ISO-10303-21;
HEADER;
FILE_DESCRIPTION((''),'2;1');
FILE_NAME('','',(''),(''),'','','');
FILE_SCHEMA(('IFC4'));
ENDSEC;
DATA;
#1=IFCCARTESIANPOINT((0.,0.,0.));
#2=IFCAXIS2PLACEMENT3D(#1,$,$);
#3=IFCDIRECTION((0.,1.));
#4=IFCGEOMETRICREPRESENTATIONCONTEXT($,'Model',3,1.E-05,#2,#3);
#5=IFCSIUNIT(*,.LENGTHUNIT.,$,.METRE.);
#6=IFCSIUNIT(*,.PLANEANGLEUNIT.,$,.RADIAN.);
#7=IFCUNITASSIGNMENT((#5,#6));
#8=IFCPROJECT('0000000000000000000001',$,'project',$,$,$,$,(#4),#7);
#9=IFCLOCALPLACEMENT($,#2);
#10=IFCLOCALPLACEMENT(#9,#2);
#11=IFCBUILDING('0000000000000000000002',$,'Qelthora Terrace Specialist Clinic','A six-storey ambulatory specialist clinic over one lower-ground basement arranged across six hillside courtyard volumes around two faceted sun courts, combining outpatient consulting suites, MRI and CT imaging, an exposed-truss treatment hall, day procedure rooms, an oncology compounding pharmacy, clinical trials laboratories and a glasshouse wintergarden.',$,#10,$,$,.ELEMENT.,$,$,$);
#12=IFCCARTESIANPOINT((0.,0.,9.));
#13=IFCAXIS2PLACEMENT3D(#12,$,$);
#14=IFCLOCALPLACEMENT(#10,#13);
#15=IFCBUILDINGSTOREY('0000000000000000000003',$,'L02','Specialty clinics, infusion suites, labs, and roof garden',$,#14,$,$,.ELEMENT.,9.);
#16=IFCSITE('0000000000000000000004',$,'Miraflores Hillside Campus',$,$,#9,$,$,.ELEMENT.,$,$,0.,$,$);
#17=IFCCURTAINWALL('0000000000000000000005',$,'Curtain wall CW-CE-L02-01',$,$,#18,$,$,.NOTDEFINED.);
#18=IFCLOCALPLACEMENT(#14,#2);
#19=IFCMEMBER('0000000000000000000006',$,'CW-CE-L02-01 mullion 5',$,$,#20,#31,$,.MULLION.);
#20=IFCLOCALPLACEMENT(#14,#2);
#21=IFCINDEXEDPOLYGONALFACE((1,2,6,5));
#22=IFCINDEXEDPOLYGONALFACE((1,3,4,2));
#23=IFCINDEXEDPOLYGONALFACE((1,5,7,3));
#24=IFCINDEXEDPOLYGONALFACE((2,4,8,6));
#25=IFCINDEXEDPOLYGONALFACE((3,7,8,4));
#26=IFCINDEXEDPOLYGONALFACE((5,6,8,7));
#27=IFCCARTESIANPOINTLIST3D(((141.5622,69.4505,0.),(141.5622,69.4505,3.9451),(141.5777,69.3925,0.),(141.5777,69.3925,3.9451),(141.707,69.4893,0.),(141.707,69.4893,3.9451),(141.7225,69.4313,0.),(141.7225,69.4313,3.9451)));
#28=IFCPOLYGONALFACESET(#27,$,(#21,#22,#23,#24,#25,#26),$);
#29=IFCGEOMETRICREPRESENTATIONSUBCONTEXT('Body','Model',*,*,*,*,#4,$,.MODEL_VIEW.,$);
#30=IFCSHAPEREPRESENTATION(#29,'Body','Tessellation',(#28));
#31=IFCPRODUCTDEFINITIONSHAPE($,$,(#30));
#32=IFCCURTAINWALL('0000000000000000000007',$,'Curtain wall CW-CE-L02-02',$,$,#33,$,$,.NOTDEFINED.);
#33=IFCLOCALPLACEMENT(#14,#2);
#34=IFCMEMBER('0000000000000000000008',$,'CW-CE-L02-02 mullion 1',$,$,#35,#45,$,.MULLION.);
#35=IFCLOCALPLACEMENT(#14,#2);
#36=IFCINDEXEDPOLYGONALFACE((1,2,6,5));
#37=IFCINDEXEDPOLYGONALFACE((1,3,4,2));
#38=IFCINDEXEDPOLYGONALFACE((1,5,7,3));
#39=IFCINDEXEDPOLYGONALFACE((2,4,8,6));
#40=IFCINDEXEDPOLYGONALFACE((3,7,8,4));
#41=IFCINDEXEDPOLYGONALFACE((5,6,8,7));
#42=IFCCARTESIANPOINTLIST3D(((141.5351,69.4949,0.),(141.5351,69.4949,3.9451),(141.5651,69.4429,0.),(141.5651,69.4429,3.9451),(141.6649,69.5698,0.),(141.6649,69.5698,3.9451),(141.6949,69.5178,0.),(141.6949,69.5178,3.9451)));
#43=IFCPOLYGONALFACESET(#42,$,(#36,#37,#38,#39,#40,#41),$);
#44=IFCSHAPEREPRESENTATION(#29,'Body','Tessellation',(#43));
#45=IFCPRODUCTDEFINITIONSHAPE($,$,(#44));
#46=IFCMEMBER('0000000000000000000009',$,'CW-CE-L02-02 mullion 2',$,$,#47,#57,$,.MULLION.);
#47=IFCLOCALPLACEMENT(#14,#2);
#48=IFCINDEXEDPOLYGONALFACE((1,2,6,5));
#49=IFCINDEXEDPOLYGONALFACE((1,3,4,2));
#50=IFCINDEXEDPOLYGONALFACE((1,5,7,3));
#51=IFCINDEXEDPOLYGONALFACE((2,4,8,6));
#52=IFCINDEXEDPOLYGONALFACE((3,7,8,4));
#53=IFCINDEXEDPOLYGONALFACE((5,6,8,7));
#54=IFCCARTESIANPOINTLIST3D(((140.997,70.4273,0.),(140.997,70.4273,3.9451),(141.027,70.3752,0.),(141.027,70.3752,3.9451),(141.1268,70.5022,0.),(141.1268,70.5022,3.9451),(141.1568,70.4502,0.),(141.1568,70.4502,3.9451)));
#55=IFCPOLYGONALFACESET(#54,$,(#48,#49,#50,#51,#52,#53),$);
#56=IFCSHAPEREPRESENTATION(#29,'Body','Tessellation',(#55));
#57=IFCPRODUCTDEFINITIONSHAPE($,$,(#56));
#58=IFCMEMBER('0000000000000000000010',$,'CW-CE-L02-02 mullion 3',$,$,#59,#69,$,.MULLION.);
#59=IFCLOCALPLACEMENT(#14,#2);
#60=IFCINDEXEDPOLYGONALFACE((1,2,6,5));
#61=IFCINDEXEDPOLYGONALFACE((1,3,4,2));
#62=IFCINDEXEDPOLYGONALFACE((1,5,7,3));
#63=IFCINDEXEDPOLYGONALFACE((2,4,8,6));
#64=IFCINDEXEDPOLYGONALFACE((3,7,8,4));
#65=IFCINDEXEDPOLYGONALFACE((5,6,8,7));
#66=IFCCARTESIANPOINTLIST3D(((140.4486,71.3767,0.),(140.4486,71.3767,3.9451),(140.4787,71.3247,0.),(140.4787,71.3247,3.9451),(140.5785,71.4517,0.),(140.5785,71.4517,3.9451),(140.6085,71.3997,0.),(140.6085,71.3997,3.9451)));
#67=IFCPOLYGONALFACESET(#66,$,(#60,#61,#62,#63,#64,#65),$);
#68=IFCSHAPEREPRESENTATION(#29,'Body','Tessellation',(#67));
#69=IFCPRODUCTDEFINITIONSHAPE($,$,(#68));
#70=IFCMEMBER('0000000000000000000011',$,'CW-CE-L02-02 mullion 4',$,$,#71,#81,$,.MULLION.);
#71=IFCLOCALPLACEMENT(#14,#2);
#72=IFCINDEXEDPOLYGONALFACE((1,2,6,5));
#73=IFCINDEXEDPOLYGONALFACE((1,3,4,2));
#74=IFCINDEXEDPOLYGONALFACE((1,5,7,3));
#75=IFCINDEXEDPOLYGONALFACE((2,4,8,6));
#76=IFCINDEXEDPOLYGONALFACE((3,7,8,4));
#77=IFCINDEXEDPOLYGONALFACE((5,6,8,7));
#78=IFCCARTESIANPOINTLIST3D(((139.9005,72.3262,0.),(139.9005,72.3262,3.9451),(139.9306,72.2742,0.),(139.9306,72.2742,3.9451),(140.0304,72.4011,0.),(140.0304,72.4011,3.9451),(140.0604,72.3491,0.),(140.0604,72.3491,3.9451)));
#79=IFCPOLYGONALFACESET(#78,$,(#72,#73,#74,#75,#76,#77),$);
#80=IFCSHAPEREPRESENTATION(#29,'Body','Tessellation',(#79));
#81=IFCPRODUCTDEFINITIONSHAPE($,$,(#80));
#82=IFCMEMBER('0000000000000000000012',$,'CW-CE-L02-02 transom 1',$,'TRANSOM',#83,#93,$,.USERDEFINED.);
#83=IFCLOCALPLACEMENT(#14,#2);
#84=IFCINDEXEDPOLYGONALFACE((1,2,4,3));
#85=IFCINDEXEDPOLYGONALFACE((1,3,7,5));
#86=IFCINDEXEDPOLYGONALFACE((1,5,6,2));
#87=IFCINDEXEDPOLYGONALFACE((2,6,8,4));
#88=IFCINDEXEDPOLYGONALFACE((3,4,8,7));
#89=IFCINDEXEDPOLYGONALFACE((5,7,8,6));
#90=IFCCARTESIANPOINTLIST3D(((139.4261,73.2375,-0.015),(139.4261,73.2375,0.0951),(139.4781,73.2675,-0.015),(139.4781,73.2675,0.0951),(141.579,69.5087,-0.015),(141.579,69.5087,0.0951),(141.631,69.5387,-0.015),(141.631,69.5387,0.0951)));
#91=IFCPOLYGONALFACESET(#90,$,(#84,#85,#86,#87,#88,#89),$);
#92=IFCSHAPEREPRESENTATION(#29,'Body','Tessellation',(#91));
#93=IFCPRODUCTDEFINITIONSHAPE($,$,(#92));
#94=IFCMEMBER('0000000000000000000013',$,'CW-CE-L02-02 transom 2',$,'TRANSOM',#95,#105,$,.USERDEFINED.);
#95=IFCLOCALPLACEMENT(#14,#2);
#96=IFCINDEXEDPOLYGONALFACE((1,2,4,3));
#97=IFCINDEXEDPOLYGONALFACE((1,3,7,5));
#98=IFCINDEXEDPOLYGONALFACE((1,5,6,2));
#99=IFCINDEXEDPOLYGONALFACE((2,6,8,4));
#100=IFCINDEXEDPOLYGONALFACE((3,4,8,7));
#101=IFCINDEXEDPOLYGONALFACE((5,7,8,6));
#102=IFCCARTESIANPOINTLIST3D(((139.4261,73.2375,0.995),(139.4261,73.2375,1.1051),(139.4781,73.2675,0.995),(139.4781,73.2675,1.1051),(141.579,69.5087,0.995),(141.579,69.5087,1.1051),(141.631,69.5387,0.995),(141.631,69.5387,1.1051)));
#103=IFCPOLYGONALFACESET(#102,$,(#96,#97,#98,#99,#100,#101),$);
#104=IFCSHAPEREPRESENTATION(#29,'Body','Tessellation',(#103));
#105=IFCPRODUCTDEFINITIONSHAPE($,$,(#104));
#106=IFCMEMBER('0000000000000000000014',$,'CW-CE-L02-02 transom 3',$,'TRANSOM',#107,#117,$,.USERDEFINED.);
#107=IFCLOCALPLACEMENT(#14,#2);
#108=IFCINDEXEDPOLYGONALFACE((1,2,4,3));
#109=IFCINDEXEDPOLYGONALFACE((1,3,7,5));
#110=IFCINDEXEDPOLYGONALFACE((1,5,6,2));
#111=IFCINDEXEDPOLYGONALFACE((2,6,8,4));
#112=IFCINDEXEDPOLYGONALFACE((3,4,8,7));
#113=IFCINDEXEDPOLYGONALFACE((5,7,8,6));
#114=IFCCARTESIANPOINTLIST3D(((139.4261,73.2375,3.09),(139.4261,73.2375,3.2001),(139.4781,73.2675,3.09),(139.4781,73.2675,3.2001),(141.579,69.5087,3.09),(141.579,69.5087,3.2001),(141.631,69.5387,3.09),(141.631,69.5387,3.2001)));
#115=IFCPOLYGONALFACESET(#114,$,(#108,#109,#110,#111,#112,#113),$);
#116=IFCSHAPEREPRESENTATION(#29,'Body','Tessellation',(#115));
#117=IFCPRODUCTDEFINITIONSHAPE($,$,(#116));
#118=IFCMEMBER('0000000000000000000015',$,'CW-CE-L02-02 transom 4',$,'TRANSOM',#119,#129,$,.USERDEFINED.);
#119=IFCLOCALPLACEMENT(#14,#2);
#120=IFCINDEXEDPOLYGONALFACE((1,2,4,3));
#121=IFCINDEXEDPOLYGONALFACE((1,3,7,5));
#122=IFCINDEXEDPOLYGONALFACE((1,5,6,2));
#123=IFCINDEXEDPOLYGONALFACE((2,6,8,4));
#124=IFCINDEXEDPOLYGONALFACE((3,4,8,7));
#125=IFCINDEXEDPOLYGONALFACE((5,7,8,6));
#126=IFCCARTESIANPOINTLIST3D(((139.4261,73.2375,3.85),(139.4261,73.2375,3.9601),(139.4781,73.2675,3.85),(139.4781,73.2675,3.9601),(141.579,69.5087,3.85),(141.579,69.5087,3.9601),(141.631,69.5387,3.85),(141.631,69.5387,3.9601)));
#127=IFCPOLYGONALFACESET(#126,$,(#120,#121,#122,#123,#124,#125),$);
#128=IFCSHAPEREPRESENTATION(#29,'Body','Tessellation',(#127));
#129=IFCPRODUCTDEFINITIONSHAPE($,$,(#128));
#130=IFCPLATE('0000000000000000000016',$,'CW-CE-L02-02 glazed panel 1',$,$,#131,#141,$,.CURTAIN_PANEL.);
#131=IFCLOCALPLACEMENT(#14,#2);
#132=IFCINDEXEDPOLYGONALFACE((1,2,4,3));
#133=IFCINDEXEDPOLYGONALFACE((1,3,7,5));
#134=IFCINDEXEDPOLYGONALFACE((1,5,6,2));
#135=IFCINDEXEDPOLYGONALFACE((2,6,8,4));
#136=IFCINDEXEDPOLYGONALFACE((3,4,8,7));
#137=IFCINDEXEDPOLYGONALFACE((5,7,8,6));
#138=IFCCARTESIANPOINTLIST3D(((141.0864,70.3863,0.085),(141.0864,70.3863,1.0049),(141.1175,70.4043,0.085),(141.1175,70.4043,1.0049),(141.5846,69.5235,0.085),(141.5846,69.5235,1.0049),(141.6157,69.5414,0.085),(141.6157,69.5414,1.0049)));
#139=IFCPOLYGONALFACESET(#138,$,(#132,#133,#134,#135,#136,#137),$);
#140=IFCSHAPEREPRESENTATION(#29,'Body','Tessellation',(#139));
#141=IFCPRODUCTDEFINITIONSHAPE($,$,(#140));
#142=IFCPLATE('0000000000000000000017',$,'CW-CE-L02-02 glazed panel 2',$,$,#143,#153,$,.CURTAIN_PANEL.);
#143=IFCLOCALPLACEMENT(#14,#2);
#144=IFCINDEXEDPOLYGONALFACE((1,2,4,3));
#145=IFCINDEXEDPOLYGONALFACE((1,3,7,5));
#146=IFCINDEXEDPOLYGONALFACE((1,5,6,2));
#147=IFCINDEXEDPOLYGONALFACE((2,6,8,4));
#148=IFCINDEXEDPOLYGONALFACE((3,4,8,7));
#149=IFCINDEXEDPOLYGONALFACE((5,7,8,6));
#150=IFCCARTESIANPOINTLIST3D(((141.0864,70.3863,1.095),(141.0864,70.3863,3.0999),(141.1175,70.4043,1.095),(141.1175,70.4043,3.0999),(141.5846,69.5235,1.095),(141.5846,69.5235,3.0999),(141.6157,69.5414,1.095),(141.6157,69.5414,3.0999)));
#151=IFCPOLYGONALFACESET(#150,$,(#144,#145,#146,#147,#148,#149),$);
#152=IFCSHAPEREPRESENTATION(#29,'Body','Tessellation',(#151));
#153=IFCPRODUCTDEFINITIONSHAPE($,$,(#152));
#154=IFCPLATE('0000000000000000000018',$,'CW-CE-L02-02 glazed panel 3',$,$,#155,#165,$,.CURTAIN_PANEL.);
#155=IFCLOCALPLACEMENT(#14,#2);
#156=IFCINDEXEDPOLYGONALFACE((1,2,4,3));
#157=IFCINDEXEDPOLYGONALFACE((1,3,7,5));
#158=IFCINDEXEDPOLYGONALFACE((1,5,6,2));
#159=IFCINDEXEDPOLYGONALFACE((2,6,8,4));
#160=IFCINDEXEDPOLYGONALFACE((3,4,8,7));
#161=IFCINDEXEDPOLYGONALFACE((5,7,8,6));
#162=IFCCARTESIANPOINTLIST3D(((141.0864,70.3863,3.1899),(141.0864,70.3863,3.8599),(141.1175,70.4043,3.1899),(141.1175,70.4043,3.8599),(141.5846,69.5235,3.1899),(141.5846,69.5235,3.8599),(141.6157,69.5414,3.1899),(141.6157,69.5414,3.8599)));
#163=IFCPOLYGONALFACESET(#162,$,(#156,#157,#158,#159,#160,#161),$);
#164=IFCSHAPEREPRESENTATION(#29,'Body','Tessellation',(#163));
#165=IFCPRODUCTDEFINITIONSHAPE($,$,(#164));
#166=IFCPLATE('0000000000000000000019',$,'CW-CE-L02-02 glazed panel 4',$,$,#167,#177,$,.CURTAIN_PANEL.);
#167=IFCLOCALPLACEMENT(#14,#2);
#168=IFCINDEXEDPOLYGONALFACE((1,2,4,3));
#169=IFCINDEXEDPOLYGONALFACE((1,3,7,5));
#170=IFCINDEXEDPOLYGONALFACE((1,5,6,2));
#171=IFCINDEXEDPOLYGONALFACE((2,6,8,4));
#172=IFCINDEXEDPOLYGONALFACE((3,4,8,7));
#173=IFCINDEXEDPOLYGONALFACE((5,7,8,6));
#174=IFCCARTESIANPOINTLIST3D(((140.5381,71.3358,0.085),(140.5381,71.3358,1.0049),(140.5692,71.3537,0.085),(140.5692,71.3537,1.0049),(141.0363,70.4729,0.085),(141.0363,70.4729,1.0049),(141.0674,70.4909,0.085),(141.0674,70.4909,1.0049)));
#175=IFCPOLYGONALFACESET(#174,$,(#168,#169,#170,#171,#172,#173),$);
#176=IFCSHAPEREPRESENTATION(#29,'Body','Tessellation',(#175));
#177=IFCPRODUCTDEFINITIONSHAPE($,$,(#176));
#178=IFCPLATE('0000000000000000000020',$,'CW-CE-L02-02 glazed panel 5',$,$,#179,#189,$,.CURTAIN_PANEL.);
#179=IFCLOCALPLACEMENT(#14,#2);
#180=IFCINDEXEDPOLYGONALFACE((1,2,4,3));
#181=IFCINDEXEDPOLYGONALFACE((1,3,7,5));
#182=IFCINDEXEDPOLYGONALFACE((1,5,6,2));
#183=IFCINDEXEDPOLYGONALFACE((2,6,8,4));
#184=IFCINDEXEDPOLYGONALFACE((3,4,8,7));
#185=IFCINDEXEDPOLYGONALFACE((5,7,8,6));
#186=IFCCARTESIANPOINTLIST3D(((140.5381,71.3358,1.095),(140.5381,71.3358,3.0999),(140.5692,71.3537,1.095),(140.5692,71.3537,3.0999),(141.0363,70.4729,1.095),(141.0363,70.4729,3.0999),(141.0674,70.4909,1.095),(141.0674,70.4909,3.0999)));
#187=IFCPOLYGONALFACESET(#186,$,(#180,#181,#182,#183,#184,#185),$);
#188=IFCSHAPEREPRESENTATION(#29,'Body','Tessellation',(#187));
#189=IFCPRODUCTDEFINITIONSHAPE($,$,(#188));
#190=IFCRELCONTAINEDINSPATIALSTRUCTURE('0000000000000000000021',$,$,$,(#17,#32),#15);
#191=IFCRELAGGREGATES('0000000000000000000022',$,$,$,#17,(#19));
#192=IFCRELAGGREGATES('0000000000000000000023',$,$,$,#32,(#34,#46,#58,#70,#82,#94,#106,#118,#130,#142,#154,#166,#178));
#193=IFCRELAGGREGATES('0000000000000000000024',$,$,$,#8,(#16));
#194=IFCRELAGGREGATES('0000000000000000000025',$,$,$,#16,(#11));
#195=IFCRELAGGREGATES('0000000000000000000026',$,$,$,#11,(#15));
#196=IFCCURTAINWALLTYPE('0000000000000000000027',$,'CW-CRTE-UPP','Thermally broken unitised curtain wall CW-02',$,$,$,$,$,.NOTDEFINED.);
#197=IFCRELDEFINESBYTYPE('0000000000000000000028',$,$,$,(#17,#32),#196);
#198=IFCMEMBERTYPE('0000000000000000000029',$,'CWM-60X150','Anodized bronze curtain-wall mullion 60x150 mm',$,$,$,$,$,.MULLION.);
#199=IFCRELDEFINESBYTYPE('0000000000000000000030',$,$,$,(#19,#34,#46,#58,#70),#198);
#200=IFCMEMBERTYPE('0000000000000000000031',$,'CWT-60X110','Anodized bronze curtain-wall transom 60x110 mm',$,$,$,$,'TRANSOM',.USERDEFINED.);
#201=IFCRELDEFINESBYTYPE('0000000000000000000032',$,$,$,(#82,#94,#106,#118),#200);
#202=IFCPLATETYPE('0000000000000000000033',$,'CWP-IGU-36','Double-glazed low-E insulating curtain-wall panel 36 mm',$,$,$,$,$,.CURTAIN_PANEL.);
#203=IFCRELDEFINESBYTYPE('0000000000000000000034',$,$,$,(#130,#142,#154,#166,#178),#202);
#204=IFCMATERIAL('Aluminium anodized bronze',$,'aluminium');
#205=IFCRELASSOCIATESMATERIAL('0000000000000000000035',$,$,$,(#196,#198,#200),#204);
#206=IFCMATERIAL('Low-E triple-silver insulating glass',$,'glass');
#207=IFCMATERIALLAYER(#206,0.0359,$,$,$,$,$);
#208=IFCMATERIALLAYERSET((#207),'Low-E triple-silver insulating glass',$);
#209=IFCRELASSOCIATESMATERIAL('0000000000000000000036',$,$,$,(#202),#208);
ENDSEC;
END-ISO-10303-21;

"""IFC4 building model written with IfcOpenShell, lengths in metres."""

from ifc_helpers import new_model, si_unit, direction, frame, origin, origin_2d, place, context, subcontext, project, spatial, rectangle, extrude, material, layer, layer_set, material_profile, profile_set, type_object, element, aggregate, save


model = new_model("IFC4")

# Units and contexts
model_context = context("Model", 3, precision=1e-05, world=origin(), true_north=direction((0.0, 1.0)))
body_context = subcontext(model_context, "Body", "Model", "MODEL_VIEW")
ifc_project = project(units=[si_unit("LENGTHUNIT", "METRE"), si_unit("PLANEANGLEUNIT", "RADIAN")], contexts=[model_context])

# Site, building, storey
site_placement = place(None, origin())
site = spatial("IfcSite", under=ifc_project, at=site_placement, Name="Miraflores Hillside Campus", CompositionType="ELEMENT", RefElevation=0.0)
building_placement = place(site_placement, origin())
building = spatial("IfcBuilding", under=site, at=building_placement, Name="Qelthora Terrace Specialist Clinic", Description="A six-storey ambulatory specialist clinic over one lower-ground basement arranged across six hillside courtyard volumes around two faceted sun courts, combining outpatient consulting suites, MRI and CT imaging, an exposed-truss treatment hall, day procedure rooms, an oncology compounding pharmacy, clinical trials laboratories and a glasshouse wintergarden.", CompositionType="ELEMENT")
storey_placement = place(building_placement, frame((0.0, 0.0, 9.0)))
storey = spatial("IfcBuildingStorey", under=building, at=storey_placement, Name="L02", Description="Specialty clinics, infusion suites, labs, and roof garden", CompositionType="ELEMENT", Elevation=9.0)

# Curtain wall, member
ifc_material_1 = material(Name="Aluminium anodized bronze", Category="aluminium")
curtain_wall_type = type_object("IfcCurtainWallType", Name="CW-CRTE-UPP", Description="Thermally broken unitised curtain wall CW-02", PredefinedType="NOTDEFINED", material=ifc_material_1)
curtain_wall_1_placement = place(storey_placement, origin())
curtain_wall_1 = element("IfcCurtainWall", 1, at=curtain_wall_1_placement, inside=storey, type_object=curtain_wall_type, Name="Curtain wall CW-CE-L02-01", PredefinedType="NOTDEFINED")
ifc_material_profile_1 = material_profile(ifc_material_1, rectangle(XDim=0.0601, YDim=0.1499, at=origin_2d()), Name="CWM60X150")
ifc_profile_set_1 = profile_set([ifc_material_profile_1], Name="Aluminium anodized bronze")
member_type_1 = type_object("IfcMemberType", Name="CWM-60X150", Description="Anodized bronze curtain-wall mullion 60x150 mm", PredefinedType="MULLION", material=ifc_profile_set_1)
member_1_placement = place(storey_placement, frame((141.6423, 69.4409, 0.0), z_axis=(0.0, 0.0, 1.0), x_axis=(-0.25882, 0.965926, 0.0)))
member_1 = element("IfcMember", 2, at=member_1_placement, type_object=member_type_1, Name="CW-CE-L02-01 mullion 5", PredefinedType="MULLION", context=body_context, shape_type="SweptSolid", body=[
    extrude(rectangle(XDim=0.0601, YDim=0.1499, at=origin_2d()), origin(), (0.0, 0.0, 1.0), 3.9451),
])
aggregate(curtain_wall_1, [member_1])

# Curtain wall, members, plates
curtain_wall_2_placement = place(storey_placement, origin())
curtain_wall_2 = element("IfcCurtainWall", 3, at=curtain_wall_2_placement, inside=storey, type_object=curtain_wall_type, Name="Curtain wall CW-CE-L02-02", PredefinedType="NOTDEFINED")
member_2_placement = place(storey_placement, frame((141.615, 69.5063, 0.0), z_axis=(0.0, 0.0, 1.0), x_axis=(-0.5, 0.866025, 0.0)))
member_2 = element("IfcMember", 4, at=member_2_placement, type_object=member_type_1, Name="CW-CE-L02-02 mullion 1", PredefinedType="MULLION", context=body_context, shape_type="SweptSolid", body=[
    extrude(rectangle(XDim=0.0601, YDim=0.1499, at=origin_2d()), origin(), (0.0, 0.0, 1.0), 3.9451),
])
member_3_placement = place(storey_placement, frame((141.0769, 70.4387, 0.0), z_axis=(0.0, 0.0, 1.0), x_axis=(-0.5, 0.866025, 0.0)))
member_3 = element("IfcMember", 5, at=member_3_placement, type_object=member_type_1, Name="CW-CE-L02-02 mullion 2", PredefinedType="MULLION", context=body_context, shape_type="SweptSolid", body=[
    extrude(rectangle(XDim=0.0601, YDim=0.1499, at=origin_2d()), origin(), (0.0, 0.0, 1.0), 3.9451),
])
member_4_placement = place(storey_placement, frame((140.5286, 71.3882, 0.0), z_axis=(0.0, 0.0, 1.0), x_axis=(-0.5, 0.866025, 0.0)))
member_4 = element("IfcMember", 6, at=member_4_placement, type_object=member_type_1, Name="CW-CE-L02-02 mullion 3", PredefinedType="MULLION", context=body_context, shape_type="SweptSolid", body=[
    extrude(rectangle(XDim=0.0601, YDim=0.1499, at=origin_2d()), origin(), (0.0, 0.0, 1.0), 3.9451),
])
member_5_placement = place(storey_placement, frame((139.9805, 72.3376, 0.0), z_axis=(0.0, 0.0, 1.0), x_axis=(-0.5, 0.866025, 0.0)))
member_5 = element("IfcMember", 7, at=member_5_placement, type_object=member_type_1, Name="CW-CE-L02-02 mullion 4", PredefinedType="MULLION", context=body_context, shape_type="SweptSolid", body=[
    extrude(rectangle(XDim=0.0601, YDim=0.1499, at=origin_2d()), origin(), (0.0, 0.0, 1.0), 3.9451),
])
ifc_material_profile_2 = material_profile(ifc_material_1, rectangle(XDim=0.0601, YDim=0.1101, at=origin_2d()), Name="CWT60X110")
ifc_profile_set_2 = profile_set([ifc_material_profile_2], Name="Aluminium anodized bronze")
member_type_2 = type_object("IfcMemberType", Name="CWT-60X110", Description="Anodized bronze curtain-wall transom 60x110 mm", ElementType="TRANSOM", PredefinedType="USERDEFINED", material=ifc_profile_set_2)
member_6_placement = place(storey_placement, frame((141.605, 69.5237, 0.04), z_axis=(-0.500006, 0.866022, 0.0), x_axis=(-0.866022, -0.500006, 0.0)))
member_6 = element("IfcMember", 8, at=member_6_placement, type_object=member_type_2, Name="CW-CE-L02-02 transom 1", ObjectType="TRANSOM", PredefinedType="USERDEFINED", context=body_context, shape_type="SweptSolid", body=[
    extrude(rectangle(XDim=0.0601, YDim=0.1101, at=origin_2d()), origin(), (0.0, 0.0, 1.0), 4.3057),
])
member_7_placement = place(storey_placement, frame((141.605, 69.5237, 1.05), z_axis=(-0.500006, 0.866022, 0.0), x_axis=(-0.866022, -0.500006, 0.0)))
member_7 = element("IfcMember", 9, at=member_7_placement, type_object=member_type_2, Name="CW-CE-L02-02 transom 2", ObjectType="TRANSOM", PredefinedType="USERDEFINED", context=body_context, shape_type="SweptSolid", body=[
    extrude(rectangle(XDim=0.0601, YDim=0.1101, at=origin_2d()), origin(), (0.0, 0.0, 1.0), 4.3057),
])
member_8_placement = place(storey_placement, frame((141.605, 69.5237, 3.145), z_axis=(-0.500006, 0.866022, 0.0), x_axis=(-0.866022, -0.500006, 0.0)))
member_8 = element("IfcMember", 10, at=member_8_placement, type_object=member_type_2, Name="CW-CE-L02-02 transom 3", ObjectType="TRANSOM", PredefinedType="USERDEFINED", context=body_context, shape_type="SweptSolid", body=[
    extrude(rectangle(XDim=0.0601, YDim=0.1101, at=origin_2d()), origin(), (0.0, 0.0, 1.0), 4.3057),
])
member_9_placement = place(storey_placement, frame((141.605, 69.5237, 3.905), z_axis=(-0.500006, 0.866022, 0.0), x_axis=(-0.866022, -0.500006, 0.0)))
member_9 = element("IfcMember", 11, at=member_9_placement, type_object=member_type_2, Name="CW-CE-L02-02 transom 4", ObjectType="TRANSOM", PredefinedType="USERDEFINED", context=body_context, shape_type="SweptSolid", body=[
    extrude(rectangle(XDim=0.0601, YDim=0.1101, at=origin_2d()), origin(), (0.0, 0.0, 1.0), 4.3057),
])
ifc_material_2 = material(Name="Low-E triple-silver insulating glass", Category="glass")
ifc_layer = layer(ifc_material_2, 0.0359)
ifc_layer_set = layer_set([ifc_layer], Name="Low-E triple-silver insulating glass")
plate_type = type_object("IfcPlateType", Name="CWP-IGU-36", Description="Double-glazed low-E insulating curtain-wall panel 36 mm", PredefinedType="CURTAIN_PANEL", material=ifc_layer_set)
plate_1_placement = place(storey_placement, frame((141.3511, 69.9639, 0.085), z_axis=(0.0, 0.0, 1.0), x_axis=(-0.5, 0.866025, 0.0)))
plate_1 = element("IfcPlate", 12, at=plate_1_placement, type_object=plate_type, Name="CW-CE-L02-02 glazed panel 1", PredefinedType="CURTAIN_PANEL", context=body_context, shape_type="SweptSolid", body=[
    extrude(rectangle(XDim=0.9963, YDim=0.0359, at=origin_2d()), origin(), (0.0, 0.0, 1.0), 0.9199),
])
plate_2_placement = place(storey_placement, frame((141.3511, 69.9639, 1.095), z_axis=(0.0, 0.0, 1.0), x_axis=(-0.5, 0.866025, 0.0)))
plate_2 = element("IfcPlate", 13, at=plate_2_placement, type_object=plate_type, Name="CW-CE-L02-02 glazed panel 2", PredefinedType="CURTAIN_PANEL", context=body_context, shape_type="SweptSolid", body=[
    extrude(rectangle(XDim=0.9963, YDim=0.0359, at=origin_2d()), origin(), (0.0, 0.0, 1.0), 2.0049),
])
plate_3_placement = place(storey_placement, frame((141.3511, 69.9639, 3.1899), z_axis=(0.0, 0.0, 1.0), x_axis=(-0.5, 0.866025, 0.0)))
plate_3 = element("IfcPlate", 14, at=plate_3_placement, type_object=plate_type, Name="CW-CE-L02-02 glazed panel 3", PredefinedType="CURTAIN_PANEL", context=body_context, shape_type="SweptSolid", body=[
    extrude(rectangle(XDim=0.9963, YDim=0.0359, at=origin_2d()), origin(), (0.0, 0.0, 1.0), 0.6699),
])
plate_4_placement = place(storey_placement, frame((140.8027, 70.9133, 0.085), z_axis=(0.0, 0.0, 1.0), x_axis=(-0.5, 0.866025, 0.0)))
plate_4 = element("IfcPlate", 15, at=plate_4_placement, type_object=plate_type, Name="CW-CE-L02-02 glazed panel 4", PredefinedType="CURTAIN_PANEL", context=body_context, shape_type="SweptSolid", body=[
    extrude(rectangle(XDim=0.9963, YDim=0.0359, at=origin_2d()), origin(), (0.0, 0.0, 1.0), 0.9199),
])
plate_5_placement = place(storey_placement, frame((140.8027, 70.9133, 1.095), z_axis=(0.0, 0.0, 1.0), x_axis=(-0.5, 0.866025, 0.0)))
plate_5 = element("IfcPlate", 16, at=plate_5_placement, type_object=plate_type, Name="CW-CE-L02-02 glazed panel 5", PredefinedType="CURTAIN_PANEL", context=body_context, shape_type="SweptSolid", body=[
    extrude(rectangle(XDim=0.9963, YDim=0.0359, at=origin_2d()), origin(), (0.0, 0.0, 1.0), 2.0049),
])
aggregate(curtain_wall_2, [member_2, member_3, member_4, member_5, member_6, member_7, member_8, member_9, plate_1, plate_2, plate_3, plate_4, plate_5])

save(model, "model.ifc")
